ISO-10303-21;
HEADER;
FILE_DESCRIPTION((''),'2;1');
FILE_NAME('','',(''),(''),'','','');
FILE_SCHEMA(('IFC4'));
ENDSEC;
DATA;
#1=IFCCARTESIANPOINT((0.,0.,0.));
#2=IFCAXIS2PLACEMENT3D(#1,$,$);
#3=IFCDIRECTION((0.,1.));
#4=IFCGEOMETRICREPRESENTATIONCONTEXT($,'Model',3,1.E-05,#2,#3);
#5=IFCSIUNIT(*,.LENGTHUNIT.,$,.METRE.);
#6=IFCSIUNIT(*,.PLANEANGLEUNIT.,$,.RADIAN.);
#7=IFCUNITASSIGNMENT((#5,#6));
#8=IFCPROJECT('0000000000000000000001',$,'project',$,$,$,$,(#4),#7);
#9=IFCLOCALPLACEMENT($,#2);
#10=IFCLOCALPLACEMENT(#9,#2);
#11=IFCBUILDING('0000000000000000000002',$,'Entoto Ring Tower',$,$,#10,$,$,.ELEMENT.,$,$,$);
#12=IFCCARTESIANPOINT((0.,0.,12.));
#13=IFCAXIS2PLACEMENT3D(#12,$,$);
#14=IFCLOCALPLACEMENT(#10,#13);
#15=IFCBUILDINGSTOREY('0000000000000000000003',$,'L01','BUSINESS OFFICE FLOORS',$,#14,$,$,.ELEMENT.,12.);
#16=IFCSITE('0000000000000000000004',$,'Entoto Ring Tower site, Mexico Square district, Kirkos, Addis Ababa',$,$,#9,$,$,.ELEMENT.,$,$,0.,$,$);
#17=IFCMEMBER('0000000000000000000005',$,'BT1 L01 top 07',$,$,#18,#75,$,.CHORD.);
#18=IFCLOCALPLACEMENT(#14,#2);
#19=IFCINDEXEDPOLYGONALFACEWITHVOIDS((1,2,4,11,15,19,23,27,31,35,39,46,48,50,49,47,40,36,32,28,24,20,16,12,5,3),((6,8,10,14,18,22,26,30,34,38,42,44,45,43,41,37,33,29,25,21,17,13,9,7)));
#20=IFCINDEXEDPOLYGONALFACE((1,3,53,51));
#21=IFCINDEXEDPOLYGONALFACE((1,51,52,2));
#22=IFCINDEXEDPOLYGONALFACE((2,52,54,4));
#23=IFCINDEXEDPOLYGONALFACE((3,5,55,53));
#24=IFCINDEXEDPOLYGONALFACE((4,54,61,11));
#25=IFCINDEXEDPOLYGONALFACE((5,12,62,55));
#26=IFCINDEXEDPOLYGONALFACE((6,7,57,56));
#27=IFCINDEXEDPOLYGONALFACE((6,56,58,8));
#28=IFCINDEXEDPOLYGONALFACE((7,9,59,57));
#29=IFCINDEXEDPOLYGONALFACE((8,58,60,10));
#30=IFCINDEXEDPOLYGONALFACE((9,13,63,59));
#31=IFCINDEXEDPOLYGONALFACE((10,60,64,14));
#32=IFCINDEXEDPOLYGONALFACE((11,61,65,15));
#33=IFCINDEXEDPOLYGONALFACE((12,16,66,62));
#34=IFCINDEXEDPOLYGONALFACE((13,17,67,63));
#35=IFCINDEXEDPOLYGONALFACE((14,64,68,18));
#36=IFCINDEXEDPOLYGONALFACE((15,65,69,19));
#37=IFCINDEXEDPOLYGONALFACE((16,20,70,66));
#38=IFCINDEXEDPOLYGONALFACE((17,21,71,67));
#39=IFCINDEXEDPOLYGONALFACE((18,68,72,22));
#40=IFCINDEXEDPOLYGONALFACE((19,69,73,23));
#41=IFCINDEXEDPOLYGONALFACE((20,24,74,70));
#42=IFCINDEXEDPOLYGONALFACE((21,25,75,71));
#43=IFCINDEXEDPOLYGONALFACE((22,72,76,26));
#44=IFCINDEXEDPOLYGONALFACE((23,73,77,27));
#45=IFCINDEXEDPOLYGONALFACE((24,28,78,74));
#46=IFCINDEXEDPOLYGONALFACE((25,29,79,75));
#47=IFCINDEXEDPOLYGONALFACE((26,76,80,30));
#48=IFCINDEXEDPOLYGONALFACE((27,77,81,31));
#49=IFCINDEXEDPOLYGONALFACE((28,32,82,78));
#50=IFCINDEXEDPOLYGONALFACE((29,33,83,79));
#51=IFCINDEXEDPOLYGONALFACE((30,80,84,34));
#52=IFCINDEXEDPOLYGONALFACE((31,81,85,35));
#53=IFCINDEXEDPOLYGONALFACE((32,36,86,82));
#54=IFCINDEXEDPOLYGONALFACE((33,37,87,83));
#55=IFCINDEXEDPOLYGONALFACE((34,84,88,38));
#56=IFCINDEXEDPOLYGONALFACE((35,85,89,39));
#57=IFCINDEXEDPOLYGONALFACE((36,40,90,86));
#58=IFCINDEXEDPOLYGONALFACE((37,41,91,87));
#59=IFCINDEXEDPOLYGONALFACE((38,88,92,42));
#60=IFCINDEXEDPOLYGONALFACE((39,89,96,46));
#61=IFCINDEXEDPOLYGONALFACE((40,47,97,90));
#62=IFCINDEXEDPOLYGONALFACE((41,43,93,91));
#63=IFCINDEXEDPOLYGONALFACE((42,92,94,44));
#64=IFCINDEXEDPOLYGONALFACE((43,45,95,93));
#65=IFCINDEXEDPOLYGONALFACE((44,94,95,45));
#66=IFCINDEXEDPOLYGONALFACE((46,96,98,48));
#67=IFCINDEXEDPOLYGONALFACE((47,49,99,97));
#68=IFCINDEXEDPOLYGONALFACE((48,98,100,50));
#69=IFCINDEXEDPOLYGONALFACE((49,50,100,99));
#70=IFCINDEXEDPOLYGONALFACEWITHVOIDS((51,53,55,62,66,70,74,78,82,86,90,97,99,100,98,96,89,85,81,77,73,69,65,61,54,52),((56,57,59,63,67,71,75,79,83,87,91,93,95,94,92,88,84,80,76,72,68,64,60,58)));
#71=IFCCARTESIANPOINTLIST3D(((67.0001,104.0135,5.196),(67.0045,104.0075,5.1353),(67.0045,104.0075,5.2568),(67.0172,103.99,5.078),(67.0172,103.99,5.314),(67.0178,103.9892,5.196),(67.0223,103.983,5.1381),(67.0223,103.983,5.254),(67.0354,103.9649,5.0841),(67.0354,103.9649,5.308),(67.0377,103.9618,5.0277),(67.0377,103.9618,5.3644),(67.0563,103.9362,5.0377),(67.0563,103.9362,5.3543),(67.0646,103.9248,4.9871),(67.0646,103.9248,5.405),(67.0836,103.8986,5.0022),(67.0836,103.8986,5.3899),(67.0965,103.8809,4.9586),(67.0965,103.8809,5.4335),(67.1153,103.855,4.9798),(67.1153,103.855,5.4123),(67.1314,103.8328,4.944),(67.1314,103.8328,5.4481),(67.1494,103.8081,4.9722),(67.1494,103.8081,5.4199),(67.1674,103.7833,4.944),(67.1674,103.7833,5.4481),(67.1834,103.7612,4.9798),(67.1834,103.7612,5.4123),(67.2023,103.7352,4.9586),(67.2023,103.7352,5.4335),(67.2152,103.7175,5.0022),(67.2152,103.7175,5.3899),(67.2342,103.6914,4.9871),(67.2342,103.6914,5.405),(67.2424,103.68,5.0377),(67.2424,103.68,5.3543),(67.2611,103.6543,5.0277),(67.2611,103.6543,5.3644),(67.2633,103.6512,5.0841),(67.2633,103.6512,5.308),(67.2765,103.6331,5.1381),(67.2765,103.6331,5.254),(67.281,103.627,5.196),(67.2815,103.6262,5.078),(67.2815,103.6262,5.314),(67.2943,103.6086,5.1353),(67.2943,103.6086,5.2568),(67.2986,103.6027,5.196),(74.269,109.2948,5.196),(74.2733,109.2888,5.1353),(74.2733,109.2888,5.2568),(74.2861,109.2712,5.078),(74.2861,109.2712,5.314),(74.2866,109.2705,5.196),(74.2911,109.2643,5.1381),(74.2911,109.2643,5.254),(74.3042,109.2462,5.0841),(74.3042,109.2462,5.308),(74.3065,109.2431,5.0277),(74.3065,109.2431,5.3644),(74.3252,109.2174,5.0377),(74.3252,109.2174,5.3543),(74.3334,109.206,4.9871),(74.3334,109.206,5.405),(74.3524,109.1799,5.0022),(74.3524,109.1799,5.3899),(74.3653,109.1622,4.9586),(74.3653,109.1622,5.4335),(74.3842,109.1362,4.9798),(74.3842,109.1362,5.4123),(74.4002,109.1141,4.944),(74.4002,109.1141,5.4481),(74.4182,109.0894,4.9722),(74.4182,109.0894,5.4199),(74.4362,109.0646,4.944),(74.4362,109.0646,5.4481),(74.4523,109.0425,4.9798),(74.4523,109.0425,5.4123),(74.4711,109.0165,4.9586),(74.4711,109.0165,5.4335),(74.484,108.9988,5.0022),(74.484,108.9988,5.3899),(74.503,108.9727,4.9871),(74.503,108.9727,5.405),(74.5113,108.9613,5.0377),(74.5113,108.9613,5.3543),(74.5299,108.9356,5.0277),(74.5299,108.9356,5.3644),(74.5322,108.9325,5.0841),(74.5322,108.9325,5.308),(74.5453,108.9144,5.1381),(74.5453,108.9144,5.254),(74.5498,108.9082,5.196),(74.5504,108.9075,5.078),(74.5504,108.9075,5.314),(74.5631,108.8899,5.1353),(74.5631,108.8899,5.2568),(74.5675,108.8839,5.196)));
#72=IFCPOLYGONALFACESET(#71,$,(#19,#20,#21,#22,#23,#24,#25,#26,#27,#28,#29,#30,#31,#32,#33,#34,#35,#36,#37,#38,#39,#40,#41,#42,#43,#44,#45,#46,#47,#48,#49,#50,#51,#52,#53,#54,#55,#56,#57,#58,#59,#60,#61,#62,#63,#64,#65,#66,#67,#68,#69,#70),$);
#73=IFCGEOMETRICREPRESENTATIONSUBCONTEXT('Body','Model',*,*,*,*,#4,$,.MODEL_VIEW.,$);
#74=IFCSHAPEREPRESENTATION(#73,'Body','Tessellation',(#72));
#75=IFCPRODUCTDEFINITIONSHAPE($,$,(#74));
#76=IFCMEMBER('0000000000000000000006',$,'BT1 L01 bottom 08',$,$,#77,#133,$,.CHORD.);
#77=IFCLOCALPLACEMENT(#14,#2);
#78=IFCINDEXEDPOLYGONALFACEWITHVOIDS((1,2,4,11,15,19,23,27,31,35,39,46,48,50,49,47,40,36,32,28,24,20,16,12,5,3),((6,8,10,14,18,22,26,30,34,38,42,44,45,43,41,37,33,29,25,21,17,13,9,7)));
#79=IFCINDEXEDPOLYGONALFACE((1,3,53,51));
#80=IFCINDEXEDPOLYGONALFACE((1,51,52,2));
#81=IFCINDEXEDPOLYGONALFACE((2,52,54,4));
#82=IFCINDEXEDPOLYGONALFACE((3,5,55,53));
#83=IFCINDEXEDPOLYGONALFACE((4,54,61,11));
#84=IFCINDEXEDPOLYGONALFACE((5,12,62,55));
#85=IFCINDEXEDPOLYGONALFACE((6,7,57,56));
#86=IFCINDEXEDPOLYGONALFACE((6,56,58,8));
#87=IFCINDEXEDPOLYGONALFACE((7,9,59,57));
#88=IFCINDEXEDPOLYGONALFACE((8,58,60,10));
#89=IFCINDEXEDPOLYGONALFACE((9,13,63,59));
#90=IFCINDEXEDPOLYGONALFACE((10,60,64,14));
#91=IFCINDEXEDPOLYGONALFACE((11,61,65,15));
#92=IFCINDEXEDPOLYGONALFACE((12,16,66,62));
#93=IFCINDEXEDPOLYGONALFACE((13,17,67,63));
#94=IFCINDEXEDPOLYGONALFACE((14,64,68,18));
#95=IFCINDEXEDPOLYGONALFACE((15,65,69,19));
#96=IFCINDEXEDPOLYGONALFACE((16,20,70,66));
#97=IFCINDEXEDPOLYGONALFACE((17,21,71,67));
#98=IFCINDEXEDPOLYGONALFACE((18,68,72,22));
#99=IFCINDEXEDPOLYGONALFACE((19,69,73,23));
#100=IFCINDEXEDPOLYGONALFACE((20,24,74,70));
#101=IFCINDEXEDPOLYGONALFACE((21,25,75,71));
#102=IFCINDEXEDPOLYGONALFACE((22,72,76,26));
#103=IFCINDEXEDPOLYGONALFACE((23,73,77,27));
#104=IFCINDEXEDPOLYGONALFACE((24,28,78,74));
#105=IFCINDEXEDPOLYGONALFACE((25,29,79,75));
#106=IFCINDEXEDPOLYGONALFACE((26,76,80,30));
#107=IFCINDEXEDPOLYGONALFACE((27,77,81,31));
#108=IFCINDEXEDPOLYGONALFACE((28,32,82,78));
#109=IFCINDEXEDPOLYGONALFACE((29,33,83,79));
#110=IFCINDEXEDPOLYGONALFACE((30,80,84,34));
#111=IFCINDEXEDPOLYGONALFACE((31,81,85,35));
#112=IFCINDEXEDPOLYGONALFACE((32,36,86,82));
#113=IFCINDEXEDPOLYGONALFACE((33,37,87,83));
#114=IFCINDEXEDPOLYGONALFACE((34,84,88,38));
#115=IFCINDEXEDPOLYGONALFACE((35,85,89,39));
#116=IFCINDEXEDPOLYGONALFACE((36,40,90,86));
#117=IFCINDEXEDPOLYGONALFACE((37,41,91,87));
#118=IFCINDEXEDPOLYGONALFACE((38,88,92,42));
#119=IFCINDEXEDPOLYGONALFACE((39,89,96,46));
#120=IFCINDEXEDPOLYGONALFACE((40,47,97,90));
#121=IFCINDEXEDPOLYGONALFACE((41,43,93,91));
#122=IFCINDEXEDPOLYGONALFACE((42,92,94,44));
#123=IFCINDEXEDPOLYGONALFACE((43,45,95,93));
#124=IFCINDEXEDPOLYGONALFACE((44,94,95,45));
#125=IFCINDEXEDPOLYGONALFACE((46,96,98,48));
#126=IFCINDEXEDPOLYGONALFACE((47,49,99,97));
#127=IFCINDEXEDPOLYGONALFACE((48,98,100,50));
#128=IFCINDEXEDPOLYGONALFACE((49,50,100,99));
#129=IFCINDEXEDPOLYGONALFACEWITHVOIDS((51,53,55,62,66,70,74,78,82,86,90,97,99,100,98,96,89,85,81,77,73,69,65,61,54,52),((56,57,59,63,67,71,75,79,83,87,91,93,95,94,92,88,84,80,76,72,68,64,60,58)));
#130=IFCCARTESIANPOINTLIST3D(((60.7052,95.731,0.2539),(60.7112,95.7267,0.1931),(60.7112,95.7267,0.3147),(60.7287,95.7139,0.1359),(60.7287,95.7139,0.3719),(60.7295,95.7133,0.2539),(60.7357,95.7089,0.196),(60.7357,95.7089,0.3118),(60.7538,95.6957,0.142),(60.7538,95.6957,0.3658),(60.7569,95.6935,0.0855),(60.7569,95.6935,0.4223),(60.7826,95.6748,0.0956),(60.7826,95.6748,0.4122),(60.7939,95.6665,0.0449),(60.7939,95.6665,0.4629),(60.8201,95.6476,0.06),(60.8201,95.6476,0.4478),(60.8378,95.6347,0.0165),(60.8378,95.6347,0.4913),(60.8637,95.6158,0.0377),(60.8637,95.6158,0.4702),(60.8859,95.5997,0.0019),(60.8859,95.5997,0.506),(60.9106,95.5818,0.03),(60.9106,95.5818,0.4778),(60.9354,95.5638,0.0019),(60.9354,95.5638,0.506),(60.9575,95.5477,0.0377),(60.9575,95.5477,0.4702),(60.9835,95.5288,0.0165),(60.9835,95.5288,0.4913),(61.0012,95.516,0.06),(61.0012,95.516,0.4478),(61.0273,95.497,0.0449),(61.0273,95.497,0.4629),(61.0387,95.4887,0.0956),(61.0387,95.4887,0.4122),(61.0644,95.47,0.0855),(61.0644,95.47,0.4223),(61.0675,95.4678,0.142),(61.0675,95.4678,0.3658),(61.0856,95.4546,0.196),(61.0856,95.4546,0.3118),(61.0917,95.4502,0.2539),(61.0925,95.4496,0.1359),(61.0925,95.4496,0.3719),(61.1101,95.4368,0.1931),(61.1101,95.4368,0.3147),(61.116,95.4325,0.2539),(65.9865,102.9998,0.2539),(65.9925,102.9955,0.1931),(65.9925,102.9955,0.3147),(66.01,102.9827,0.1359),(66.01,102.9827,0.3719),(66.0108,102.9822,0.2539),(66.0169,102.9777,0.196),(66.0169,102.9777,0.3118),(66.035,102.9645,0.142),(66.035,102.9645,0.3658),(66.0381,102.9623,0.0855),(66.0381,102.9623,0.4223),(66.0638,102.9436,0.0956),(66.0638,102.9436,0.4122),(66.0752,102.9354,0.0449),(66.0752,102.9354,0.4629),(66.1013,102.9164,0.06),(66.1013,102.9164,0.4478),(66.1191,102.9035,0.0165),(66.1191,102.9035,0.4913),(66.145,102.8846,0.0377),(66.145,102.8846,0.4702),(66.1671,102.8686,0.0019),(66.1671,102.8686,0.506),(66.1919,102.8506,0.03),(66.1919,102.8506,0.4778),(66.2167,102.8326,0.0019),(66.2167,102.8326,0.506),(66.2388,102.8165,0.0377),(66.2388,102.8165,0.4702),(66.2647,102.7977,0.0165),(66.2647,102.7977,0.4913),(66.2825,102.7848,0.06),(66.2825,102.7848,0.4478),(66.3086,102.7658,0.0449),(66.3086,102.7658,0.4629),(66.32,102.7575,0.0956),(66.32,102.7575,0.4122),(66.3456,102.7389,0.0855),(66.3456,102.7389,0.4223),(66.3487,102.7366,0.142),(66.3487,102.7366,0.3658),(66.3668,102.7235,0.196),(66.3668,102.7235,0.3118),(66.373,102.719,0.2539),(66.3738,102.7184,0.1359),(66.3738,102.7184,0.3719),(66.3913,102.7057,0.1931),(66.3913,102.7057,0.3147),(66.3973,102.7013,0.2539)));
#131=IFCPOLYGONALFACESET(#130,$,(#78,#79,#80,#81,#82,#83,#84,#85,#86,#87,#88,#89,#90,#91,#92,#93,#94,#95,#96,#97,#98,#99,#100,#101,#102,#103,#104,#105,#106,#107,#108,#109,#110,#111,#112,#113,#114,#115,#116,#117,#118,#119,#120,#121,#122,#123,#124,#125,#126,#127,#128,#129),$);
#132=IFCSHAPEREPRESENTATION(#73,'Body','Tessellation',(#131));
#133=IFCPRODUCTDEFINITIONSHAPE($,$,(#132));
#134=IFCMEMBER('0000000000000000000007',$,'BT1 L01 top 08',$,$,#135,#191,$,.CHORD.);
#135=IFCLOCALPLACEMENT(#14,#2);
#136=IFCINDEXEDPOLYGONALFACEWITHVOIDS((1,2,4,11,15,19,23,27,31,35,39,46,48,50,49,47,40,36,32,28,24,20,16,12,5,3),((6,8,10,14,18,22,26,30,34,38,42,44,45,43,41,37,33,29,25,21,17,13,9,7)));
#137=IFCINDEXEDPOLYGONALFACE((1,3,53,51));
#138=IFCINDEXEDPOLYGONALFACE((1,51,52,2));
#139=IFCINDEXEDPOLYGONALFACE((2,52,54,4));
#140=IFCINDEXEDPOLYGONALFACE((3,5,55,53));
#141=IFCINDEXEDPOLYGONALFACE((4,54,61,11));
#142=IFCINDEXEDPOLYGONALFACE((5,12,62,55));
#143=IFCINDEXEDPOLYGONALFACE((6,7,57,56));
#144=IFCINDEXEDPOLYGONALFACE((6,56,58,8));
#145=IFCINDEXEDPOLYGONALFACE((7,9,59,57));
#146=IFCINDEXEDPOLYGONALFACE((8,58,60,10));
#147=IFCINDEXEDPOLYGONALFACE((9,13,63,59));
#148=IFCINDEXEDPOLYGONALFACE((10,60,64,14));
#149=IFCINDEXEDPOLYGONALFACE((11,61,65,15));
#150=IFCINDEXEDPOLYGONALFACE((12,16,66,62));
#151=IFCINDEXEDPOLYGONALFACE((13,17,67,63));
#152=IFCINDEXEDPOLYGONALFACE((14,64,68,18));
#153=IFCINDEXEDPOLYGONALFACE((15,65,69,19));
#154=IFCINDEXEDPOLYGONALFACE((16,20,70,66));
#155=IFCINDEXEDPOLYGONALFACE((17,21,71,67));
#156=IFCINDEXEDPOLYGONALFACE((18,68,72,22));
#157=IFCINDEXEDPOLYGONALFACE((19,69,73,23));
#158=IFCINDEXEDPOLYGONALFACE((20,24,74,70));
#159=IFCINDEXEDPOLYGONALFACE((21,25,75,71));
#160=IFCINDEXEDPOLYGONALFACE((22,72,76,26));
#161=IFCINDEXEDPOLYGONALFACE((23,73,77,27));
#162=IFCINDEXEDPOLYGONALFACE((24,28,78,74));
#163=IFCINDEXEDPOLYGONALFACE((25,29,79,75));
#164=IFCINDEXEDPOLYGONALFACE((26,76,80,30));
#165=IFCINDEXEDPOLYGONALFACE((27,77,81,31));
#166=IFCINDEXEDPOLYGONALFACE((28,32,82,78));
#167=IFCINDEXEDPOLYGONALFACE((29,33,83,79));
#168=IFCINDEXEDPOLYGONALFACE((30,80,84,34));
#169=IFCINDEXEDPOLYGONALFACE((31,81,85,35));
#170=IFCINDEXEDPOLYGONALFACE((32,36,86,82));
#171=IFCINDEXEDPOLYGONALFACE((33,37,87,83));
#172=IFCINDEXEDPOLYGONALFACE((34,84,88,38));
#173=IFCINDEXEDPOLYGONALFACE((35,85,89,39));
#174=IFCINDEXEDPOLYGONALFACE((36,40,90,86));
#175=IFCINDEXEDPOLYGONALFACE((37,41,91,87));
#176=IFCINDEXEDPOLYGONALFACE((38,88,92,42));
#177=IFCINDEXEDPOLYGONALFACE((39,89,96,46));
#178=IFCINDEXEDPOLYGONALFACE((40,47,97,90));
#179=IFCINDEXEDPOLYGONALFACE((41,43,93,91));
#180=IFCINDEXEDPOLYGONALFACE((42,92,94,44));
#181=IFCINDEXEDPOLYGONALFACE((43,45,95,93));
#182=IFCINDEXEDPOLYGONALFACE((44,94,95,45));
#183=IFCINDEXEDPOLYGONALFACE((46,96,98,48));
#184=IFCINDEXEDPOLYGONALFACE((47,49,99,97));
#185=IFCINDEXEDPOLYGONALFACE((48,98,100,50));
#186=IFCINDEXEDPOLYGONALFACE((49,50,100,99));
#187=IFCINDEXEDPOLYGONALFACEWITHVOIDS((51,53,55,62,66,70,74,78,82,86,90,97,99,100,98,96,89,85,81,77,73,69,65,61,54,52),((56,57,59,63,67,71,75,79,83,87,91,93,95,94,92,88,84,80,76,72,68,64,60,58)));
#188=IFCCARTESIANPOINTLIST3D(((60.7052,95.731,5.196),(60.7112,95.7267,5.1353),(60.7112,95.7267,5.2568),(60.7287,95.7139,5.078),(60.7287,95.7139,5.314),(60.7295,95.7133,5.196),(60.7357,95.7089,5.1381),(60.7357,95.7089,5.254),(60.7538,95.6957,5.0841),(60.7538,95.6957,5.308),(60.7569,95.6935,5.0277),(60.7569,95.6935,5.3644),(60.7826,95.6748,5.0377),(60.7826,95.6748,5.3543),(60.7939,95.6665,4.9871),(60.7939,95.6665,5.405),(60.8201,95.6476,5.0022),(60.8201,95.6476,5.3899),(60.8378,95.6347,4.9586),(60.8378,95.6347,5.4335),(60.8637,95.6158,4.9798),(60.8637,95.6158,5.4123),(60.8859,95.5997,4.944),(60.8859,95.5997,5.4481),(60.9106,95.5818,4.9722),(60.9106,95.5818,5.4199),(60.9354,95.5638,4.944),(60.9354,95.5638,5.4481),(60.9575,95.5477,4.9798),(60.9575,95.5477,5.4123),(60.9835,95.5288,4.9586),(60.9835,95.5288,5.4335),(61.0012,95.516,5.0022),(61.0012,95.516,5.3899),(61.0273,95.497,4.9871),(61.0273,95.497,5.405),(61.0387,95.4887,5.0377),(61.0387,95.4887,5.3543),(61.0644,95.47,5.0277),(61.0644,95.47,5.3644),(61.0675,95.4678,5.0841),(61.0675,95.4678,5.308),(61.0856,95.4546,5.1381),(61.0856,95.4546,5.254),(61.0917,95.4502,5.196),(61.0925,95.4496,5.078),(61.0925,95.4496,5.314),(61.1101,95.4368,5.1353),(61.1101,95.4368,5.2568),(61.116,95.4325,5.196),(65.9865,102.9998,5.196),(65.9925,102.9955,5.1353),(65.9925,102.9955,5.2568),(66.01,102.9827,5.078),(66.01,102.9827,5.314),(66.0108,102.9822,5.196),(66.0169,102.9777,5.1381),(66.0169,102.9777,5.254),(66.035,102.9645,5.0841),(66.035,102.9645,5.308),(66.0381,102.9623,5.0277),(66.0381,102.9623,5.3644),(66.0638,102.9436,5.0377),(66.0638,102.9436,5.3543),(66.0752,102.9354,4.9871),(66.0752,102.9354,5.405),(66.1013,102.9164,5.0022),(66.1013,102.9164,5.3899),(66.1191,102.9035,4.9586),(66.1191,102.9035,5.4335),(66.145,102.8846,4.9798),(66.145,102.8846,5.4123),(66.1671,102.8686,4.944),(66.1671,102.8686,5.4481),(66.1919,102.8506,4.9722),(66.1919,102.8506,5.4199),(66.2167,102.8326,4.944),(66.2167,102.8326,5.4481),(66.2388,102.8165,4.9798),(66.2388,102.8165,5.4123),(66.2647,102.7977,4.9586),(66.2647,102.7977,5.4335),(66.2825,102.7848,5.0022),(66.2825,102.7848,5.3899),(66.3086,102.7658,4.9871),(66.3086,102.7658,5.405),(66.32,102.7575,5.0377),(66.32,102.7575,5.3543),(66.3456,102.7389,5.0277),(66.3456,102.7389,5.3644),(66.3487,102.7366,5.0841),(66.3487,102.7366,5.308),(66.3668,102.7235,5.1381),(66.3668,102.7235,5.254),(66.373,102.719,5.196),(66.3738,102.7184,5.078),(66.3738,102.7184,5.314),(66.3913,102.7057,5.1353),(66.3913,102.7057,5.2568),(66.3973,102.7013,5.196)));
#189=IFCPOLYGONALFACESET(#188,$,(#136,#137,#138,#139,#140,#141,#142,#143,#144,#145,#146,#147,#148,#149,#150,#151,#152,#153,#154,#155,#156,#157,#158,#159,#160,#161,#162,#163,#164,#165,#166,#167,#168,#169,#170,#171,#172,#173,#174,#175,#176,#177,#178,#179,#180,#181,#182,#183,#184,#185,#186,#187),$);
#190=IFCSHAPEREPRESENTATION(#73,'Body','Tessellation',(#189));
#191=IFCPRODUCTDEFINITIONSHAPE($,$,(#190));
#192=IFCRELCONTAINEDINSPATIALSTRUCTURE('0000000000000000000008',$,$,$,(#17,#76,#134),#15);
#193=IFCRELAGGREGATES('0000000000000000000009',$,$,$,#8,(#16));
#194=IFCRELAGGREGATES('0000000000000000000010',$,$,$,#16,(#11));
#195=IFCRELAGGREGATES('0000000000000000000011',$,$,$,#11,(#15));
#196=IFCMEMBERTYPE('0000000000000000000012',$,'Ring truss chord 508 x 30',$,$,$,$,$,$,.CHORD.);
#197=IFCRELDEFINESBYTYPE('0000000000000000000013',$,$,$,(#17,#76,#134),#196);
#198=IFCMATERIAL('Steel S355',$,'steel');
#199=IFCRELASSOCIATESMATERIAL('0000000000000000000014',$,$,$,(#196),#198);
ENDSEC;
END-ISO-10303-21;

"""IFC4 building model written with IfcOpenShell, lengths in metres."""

from ifc_helpers import new_model, si_unit, direction, frame, origin, origin_2d, place, context, subcontext, project, spatial, circle, hollow_circle, extrude, material, material_profile, profile_set, type_object, element, save


model = new_model("IFC4")

# Units and contexts
model_context = context("Model", 3, precision=1e-05, world=origin(), true_north=direction((0.0, 1.0)))
body_context = subcontext(model_context, "Body", "Model", "MODEL_VIEW")
ifc_project = project(units=[si_unit("LENGTHUNIT", "METRE"), si_unit("PLANEANGLEUNIT", "RADIAN")], contexts=[model_context])

# Site, building, storey
site_placement = place(None, origin())
site = spatial("IfcSite", under=ifc_project, at=site_placement, Name="Entoto Ring Tower site, Mexico Square district, Kirkos, Addis Ababa", CompositionType="ELEMENT", RefElevation=0.0)
building_placement = place(site_placement, origin())
building = spatial("IfcBuilding", under=site, at=building_placement, Name="Entoto Ring Tower", CompositionType="ELEMENT")
storey_placement = place(building_placement, frame((0.0, 0.0, 12.0)))
storey = spatial("IfcBuildingStorey", under=building, at=storey_placement, Name="L01", Description="BUSINESS OFFICE FLOORS", CompositionType="ELEMENT", Elevation=12.0)

# Members
ifc_material_1 = material(Name="Steel S355", Category="steel")
ifc_material_profile_1 = material_profile(ifc_material_1, hollow_circle(Radius=0.2539, WallThickness=0.03, at=origin_2d()), Name="CHS 508 x 30")
ifc_material_2 = material(Name="Concrete C60/75", Category="concrete")
ifc_material_profile_2 = material_profile(ifc_material_2, circle(Radius=0.2241, at=origin_2d()), Name="Concrete C60/75 infill")
ifc_profile_set_1 = profile_set([ifc_material_profile_1, ifc_material_profile_2], Name="Steel S355")
member_type_1 = type_object("IfcMemberType", Name="Ring truss chord 508 x 30", PredefinedType="CHORD", material=ifc_profile_set_1)
for number, where, z_axis, x_axis, name in (
    (1, (74.4182, 109.0894, 5.196), (-0.809009, -0.587797, 0.0), (0.587797, -0.809009, 0.0), "BT1 L01 top 07"),
    (2, (66.1919, 102.8506, 0.2539), (-0.587797, -0.809009, 0.0), (0.809009, -0.587797, 0.0), "BT1 L01 bottom 08"),
    (3, (66.1919, 102.8506, 5.196), (-0.587797, -0.809009, 0.0), (0.809009, -0.587797, 0.0), "BT1 L01 top 08"),
):
    element("IfcMember", number, at=place(storey_placement, frame(where, z_axis=z_axis, x_axis=x_axis)), inside=storey, type_object=member_type_1, Name=name, PredefinedType="CHORD", context=body_context, shape_type="SweptSolid", body=[
        extrude(hollow_circle(Radius=0.2539, WallThickness=0.03, at=origin_2d()), origin(), (0.0, 0.0, 1.0), 8.9849),
    ])

save(model, "model.ifc")
